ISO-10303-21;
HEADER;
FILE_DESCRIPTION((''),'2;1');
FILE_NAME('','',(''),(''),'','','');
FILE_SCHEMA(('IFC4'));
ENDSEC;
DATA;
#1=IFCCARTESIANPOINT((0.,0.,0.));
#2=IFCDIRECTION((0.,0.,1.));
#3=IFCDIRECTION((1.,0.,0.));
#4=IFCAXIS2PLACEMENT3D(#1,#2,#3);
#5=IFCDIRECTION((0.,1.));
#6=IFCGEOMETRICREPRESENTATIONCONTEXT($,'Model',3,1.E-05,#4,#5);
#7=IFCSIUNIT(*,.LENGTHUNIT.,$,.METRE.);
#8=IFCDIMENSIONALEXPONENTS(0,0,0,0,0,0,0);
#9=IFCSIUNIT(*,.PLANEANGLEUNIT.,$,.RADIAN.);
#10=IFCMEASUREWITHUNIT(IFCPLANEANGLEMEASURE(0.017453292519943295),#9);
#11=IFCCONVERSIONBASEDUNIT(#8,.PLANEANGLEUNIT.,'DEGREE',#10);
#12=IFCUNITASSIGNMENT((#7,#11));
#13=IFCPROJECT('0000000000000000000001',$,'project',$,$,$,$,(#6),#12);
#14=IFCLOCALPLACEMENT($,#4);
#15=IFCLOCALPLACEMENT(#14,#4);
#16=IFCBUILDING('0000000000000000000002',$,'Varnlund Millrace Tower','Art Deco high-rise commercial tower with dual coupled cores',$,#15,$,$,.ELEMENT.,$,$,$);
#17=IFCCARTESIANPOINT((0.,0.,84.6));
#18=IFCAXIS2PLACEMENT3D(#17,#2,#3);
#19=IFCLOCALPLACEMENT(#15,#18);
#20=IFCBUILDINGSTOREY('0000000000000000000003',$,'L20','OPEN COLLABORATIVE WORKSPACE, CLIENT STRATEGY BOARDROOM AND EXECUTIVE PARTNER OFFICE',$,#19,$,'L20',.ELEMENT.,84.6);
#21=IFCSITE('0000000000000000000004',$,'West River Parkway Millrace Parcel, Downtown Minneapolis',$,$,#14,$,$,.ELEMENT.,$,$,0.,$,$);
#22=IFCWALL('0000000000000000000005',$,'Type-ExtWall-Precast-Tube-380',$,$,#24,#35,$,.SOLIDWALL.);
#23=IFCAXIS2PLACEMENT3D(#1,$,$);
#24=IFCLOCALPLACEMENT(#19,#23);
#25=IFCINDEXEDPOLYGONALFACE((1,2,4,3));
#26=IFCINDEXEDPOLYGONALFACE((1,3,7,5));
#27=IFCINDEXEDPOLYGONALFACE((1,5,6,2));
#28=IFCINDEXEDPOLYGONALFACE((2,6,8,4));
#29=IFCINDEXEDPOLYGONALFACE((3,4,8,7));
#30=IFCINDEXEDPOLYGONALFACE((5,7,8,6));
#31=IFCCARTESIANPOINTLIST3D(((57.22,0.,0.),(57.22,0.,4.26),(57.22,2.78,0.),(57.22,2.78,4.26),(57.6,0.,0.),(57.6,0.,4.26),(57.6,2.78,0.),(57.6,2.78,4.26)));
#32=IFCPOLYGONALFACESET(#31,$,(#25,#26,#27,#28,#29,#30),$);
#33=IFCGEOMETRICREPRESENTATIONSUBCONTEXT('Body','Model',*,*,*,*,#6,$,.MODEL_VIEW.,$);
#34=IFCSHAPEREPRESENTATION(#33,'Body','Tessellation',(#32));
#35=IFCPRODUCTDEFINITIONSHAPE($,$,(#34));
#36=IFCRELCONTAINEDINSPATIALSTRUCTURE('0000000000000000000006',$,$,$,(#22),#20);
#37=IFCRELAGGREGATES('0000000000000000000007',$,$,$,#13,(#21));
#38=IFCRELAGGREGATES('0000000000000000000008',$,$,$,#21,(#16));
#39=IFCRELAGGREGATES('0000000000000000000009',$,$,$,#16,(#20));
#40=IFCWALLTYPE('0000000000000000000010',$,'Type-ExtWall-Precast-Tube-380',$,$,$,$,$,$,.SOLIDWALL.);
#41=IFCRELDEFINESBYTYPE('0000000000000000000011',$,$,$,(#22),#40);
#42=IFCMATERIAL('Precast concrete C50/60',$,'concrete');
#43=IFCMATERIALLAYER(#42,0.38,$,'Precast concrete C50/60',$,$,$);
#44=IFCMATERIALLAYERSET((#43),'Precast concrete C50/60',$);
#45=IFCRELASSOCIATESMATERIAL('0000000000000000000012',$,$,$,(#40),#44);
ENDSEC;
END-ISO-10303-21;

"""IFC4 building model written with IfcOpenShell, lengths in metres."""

from ifc_helpers import new_model, entity, si_unit, converted_unit, direction, frame, origin_with_axes, place, context, subcontext, project, spatial, polyline, outline, extrude, material, layer, layer_set, type_object, element, save


model = new_model("IFC4")

# Units and contexts
model_context = context("Model", 3, precision=1e-05, world=origin_with_axes(), true_north=direction((0.0, 1.0)))
body_context = subcontext(model_context, "Body", "Model", "MODEL_VIEW")
ifc_project = project(units=[si_unit("LENGTHUNIT", "METRE"), converted_unit("PLANEANGLEUNIT", "DEGREE", entity("IfcPlaneAngleMeasure", 0.017453292519943295), si_unit("PLANEANGLEUNIT", "RADIAN"), dimensions=[0, 0, 0, 0, 0, 0, 0])], contexts=[model_context])

# Site, building, storey
site_placement = place(None, origin_with_axes())
site = spatial("IfcSite", under=ifc_project, at=site_placement, Name="West River Parkway Millrace Parcel, Downtown Minneapolis", CompositionType="ELEMENT", RefElevation=0.0)
building_placement = place(site_placement, origin_with_axes())
building = spatial("IfcBuilding", under=site, at=building_placement, Name="Varnlund Millrace Tower", Description="Art Deco high-rise commercial tower with dual coupled cores", CompositionType="ELEMENT")
storey_placement = place(building_placement, frame((0.0, 0.0, 84.6), z_axis=(0.0, 0.0, 1.0), x_axis=(1.0, 0.0, 0.0)))
storey = spatial("IfcBuildingStorey", under=building, at=storey_placement, Name="L20", Description="OPEN COLLABORATIVE WORKSPACE, CLIENT STRATEGY BOARDROOM AND EXECUTIVE PARTNER OFFICE", LongName="L20", CompositionType="ELEMENT", Elevation=84.6)

# Wall
ifc_material_1 = material(Name="Precast concrete C50/60", Category="concrete")
ifc_layer = layer(ifc_material_1, 0.38, Name="Precast concrete C50/60")
ifc_layer_set = layer_set([ifc_layer], Name="Precast concrete C50/60")
wall_type = type_object("IfcWallType", Name="Type-ExtWall-Precast-Tube-380", PredefinedType="SOLIDWALL", material=ifc_layer_set)
wall_1_placement = place(storey_placement, frame((57.41, 2.78, 0.0), z_axis=(0.0, 0.0, 1.0), x_axis=(0.0, -1.0, 0.0)))
element("IfcWall", 1, at=wall_1_placement, inside=storey, type_object=wall_type, Name="Type-ExtWall-Precast-Tube-380", PredefinedType="SOLIDWALL", context=body_context, shape_type="SweptSolid", body=[
    extrude(outline(polyline([(0.0, -0.19), (2.78, -0.19), (2.78, 0.19), (0.0, 0.19), (0.0, -0.19)])), origin_with_axes(), (0.0, 0.0, 1.0), 4.26),
])

save(model, "model.ifc")
